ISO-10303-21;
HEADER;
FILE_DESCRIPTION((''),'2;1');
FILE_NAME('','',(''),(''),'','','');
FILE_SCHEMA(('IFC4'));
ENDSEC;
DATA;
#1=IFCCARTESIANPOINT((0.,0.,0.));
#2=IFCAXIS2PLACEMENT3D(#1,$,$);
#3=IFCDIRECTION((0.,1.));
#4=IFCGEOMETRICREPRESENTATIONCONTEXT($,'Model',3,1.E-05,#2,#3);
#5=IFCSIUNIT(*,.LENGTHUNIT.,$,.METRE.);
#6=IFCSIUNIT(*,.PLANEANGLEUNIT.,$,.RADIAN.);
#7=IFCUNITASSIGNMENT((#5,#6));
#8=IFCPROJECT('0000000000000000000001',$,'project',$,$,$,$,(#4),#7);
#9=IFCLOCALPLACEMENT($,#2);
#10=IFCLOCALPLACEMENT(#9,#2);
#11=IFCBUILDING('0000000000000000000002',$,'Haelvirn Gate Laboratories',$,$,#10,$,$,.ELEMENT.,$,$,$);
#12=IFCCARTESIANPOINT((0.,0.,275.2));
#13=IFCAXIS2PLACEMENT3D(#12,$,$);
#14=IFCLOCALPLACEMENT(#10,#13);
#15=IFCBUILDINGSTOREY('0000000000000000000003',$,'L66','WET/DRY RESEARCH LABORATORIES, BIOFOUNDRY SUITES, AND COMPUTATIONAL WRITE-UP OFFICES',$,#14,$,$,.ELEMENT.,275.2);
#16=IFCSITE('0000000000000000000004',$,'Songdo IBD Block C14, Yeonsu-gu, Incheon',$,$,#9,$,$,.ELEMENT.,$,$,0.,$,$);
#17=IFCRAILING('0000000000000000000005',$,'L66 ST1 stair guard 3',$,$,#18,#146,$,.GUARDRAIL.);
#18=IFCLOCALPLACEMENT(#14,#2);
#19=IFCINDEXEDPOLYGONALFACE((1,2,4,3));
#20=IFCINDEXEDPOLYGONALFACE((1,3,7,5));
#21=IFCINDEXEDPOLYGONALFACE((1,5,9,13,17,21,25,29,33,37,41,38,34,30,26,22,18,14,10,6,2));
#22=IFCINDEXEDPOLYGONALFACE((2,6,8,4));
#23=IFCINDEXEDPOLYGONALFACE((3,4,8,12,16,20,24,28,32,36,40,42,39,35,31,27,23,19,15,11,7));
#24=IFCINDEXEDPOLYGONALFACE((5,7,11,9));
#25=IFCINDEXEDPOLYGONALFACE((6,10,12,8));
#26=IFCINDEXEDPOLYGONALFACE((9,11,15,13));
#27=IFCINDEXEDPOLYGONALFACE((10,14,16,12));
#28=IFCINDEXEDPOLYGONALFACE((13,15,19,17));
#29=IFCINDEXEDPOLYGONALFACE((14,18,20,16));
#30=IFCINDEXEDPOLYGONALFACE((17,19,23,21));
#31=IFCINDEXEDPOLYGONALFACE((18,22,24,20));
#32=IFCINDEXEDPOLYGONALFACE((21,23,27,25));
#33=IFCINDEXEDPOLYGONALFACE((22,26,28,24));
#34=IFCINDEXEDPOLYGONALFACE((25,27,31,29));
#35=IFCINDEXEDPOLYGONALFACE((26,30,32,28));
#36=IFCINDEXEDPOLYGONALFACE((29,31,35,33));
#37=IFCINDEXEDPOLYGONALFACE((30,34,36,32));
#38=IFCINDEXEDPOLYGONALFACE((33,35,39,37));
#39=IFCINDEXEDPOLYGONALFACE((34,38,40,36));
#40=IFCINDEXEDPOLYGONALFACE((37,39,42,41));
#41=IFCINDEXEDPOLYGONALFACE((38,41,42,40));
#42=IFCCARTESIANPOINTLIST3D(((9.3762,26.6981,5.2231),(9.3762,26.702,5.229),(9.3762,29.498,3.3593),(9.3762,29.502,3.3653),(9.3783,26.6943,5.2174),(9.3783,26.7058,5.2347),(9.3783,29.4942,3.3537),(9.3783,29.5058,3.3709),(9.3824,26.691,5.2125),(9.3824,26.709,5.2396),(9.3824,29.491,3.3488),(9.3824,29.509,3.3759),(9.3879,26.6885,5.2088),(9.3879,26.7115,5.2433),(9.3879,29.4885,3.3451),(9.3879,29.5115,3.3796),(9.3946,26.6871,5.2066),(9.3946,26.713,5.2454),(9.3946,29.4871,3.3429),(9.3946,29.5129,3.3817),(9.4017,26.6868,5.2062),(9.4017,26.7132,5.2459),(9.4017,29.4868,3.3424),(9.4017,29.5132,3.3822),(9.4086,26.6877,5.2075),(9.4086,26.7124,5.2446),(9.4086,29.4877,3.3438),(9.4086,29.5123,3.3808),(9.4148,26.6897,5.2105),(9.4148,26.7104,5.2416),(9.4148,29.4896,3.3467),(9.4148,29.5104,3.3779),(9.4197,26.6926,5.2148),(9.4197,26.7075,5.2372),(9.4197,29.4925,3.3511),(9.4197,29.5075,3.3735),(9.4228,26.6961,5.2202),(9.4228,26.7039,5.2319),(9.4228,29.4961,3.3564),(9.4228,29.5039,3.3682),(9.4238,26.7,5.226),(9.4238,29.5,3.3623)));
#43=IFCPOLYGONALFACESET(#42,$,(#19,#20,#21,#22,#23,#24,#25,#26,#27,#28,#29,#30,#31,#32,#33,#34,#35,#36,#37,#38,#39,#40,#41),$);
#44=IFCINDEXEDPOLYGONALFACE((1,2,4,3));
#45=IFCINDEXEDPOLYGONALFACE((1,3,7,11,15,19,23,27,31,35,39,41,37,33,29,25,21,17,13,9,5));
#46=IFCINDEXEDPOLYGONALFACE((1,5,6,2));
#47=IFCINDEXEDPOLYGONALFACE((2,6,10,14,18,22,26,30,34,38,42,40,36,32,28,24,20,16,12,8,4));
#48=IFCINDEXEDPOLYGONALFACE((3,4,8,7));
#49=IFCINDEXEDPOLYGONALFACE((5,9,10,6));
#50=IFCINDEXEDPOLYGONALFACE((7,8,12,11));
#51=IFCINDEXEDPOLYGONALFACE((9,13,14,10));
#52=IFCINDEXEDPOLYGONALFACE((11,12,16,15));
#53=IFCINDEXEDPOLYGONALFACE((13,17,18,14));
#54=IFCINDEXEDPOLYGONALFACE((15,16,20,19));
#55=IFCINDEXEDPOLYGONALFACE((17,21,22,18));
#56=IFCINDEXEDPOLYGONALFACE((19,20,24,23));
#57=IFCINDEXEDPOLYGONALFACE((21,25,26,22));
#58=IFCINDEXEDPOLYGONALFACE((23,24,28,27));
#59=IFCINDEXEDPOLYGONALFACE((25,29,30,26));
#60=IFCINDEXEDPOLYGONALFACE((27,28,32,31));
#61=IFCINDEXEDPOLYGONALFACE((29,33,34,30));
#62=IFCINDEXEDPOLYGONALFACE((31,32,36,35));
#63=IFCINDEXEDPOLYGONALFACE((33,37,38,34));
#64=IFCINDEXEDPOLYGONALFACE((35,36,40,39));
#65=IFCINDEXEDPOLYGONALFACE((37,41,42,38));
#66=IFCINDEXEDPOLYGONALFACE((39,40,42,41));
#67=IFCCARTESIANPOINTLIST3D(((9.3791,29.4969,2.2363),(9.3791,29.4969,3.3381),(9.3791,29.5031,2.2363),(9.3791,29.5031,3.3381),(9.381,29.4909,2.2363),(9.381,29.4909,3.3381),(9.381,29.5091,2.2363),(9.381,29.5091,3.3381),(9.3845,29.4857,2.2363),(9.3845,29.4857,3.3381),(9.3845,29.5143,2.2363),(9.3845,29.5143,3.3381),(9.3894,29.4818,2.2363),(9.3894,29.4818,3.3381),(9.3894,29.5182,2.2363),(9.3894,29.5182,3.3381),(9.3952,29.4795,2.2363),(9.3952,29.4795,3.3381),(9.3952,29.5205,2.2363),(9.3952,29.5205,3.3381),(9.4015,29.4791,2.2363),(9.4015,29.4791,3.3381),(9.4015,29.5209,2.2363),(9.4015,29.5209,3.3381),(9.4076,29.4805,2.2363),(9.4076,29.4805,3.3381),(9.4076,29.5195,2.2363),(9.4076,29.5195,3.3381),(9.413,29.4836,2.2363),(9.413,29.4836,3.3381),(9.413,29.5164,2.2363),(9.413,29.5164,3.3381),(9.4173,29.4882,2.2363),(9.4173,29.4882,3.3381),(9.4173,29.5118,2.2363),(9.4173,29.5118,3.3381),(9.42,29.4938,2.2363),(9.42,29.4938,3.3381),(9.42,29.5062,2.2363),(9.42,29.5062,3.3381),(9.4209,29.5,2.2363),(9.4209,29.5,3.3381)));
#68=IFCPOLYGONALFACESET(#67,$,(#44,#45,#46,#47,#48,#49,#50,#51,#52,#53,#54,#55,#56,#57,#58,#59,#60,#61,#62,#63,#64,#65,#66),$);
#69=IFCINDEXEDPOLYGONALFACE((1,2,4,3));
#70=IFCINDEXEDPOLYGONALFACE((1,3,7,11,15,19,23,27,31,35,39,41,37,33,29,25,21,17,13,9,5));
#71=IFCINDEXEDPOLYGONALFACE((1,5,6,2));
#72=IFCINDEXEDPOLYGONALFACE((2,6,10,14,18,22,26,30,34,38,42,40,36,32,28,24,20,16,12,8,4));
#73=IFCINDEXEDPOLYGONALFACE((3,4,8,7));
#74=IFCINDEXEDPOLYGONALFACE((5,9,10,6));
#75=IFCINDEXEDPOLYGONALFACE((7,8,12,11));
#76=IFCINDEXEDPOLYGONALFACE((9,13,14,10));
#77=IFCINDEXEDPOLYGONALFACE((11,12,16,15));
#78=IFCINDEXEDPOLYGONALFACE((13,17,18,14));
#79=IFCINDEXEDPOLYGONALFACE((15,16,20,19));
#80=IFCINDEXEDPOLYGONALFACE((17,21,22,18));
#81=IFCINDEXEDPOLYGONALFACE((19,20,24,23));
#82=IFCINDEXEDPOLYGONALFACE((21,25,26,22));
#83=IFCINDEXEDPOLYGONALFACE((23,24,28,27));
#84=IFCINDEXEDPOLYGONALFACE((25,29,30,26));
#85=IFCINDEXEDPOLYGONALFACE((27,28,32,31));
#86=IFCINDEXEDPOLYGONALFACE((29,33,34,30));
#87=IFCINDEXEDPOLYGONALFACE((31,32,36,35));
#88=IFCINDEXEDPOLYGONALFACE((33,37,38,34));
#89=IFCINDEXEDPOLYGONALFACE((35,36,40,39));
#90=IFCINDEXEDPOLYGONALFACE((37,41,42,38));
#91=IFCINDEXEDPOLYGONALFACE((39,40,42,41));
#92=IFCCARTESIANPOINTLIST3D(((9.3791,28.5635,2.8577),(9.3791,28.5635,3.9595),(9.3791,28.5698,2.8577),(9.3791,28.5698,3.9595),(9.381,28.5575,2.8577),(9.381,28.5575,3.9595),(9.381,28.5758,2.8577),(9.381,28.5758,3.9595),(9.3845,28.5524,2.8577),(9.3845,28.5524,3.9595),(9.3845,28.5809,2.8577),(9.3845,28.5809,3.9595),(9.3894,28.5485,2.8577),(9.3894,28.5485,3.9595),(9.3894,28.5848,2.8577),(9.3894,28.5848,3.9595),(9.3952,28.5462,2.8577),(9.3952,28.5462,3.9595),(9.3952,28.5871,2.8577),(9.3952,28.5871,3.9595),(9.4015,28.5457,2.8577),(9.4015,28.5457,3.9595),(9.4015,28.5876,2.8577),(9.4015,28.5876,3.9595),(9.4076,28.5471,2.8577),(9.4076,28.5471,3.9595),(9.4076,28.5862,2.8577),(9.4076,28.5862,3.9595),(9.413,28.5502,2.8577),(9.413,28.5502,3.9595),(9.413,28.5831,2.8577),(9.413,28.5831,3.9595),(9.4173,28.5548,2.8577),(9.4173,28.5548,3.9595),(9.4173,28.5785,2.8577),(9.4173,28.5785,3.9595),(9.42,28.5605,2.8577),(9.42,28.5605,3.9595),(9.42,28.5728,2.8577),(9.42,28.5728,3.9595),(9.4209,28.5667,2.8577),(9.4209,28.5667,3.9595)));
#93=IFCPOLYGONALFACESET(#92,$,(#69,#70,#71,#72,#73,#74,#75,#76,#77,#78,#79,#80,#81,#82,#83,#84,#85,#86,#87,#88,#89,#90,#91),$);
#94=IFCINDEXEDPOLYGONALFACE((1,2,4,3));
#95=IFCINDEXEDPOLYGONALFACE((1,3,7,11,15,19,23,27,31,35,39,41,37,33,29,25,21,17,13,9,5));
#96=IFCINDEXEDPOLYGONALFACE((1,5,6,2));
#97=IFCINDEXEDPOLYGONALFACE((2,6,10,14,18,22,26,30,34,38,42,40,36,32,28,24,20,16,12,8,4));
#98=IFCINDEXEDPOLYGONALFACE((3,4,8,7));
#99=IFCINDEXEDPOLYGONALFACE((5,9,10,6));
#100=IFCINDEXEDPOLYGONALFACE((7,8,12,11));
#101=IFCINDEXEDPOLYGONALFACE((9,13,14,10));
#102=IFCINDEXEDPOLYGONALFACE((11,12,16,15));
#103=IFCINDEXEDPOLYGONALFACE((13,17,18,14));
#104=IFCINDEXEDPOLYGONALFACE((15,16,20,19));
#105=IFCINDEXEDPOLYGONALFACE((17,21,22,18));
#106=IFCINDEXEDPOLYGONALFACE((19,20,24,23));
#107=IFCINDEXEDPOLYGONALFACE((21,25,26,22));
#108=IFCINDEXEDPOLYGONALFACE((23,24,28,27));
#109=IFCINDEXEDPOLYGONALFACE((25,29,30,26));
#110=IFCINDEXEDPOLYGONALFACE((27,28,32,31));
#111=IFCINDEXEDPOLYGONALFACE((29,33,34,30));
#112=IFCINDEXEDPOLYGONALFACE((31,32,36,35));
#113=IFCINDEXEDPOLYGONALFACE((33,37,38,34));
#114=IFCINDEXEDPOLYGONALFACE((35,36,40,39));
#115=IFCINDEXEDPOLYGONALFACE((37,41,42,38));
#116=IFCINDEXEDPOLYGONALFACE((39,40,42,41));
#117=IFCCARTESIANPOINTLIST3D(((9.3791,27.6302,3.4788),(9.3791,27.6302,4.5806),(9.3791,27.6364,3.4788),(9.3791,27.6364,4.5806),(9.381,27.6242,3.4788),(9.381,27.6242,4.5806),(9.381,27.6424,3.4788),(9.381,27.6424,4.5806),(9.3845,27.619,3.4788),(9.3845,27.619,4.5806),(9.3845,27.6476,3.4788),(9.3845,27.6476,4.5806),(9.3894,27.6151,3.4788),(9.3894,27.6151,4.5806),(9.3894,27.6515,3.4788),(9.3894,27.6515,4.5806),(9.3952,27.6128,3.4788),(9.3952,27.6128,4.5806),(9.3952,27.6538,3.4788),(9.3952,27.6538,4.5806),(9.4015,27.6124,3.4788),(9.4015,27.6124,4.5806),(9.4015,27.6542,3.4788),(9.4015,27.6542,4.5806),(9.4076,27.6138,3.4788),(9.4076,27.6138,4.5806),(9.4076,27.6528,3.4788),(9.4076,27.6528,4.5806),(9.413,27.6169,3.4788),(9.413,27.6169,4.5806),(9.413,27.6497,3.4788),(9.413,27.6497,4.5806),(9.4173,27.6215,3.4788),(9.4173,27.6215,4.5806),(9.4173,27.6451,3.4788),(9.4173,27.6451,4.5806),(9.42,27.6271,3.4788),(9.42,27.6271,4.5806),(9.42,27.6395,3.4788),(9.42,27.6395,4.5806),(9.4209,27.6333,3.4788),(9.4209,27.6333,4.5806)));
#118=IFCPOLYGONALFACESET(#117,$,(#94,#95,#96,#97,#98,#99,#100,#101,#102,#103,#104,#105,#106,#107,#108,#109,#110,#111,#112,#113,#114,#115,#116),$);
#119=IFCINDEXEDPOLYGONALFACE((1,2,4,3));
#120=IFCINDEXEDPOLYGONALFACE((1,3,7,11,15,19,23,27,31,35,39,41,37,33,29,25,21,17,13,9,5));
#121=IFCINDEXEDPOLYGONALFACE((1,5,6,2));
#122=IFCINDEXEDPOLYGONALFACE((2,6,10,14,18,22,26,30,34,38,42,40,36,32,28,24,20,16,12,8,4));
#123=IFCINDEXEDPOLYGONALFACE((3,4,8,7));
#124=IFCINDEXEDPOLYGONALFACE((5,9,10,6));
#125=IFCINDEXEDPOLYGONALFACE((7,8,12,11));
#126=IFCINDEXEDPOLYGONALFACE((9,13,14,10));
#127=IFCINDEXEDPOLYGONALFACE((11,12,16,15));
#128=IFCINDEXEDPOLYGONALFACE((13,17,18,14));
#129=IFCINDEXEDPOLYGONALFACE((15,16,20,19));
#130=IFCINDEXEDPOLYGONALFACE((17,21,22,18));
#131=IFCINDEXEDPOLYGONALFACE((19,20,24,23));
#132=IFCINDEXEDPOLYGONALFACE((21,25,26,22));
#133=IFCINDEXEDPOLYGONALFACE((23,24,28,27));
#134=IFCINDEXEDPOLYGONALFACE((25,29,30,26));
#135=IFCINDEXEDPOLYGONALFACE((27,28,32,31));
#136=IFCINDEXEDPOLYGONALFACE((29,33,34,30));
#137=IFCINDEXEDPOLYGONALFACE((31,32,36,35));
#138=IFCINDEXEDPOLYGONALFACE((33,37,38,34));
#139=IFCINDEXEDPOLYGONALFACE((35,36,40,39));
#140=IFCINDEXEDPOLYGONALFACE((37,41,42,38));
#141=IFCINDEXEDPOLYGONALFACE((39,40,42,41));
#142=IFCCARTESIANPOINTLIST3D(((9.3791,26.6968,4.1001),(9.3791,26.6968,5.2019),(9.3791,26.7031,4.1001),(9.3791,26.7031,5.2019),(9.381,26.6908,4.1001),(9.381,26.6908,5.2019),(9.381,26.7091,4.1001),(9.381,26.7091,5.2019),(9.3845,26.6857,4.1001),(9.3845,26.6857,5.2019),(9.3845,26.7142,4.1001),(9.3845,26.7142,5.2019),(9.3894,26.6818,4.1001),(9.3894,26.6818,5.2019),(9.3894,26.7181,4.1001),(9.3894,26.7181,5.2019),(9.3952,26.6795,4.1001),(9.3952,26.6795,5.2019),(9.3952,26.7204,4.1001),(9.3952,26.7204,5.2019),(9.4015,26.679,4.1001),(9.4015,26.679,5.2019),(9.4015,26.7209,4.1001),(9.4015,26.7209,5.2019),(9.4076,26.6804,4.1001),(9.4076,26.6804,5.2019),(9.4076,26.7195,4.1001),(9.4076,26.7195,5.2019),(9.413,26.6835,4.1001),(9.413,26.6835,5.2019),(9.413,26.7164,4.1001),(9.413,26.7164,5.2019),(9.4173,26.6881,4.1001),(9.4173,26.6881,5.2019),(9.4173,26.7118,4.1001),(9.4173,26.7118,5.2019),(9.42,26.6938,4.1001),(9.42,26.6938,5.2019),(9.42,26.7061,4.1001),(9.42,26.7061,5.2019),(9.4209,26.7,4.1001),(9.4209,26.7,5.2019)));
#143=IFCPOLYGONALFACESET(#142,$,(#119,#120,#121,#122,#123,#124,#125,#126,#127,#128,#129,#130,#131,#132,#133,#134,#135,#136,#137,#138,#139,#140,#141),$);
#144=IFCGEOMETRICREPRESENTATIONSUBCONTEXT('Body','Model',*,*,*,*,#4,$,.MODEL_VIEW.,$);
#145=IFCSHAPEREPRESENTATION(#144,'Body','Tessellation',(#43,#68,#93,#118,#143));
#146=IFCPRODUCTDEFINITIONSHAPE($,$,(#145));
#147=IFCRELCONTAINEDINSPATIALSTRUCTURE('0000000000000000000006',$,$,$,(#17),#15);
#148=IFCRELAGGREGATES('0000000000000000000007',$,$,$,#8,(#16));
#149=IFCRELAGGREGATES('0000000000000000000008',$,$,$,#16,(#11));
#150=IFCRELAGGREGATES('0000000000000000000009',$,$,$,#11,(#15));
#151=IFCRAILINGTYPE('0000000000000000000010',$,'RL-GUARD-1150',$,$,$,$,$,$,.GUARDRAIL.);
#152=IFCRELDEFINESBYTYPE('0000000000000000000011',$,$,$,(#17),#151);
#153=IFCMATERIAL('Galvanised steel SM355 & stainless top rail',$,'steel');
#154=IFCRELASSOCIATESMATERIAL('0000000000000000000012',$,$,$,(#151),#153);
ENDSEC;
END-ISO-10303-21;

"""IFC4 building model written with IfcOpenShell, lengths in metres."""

from ifc_helpers import new_model, si_unit, direction, frame, origin, origin_2d, place, context, subcontext, project, spatial, circle, extrude, source, transform, mapped, material, type_object, element, save


model = new_model("IFC4")

# Units and contexts
model_context = context("Model", 3, precision=1e-05, world=origin(), true_north=direction((0.0, 1.0)))
body_context = subcontext(model_context, "Body", "Model", "MODEL_VIEW")
ifc_project = project(units=[si_unit("LENGTHUNIT", "METRE"), si_unit("PLANEANGLEUNIT", "RADIAN")], contexts=[model_context])

# Site, building, storey
site_placement = place(None, origin())
site = spatial("IfcSite", under=ifc_project, at=site_placement, Name="Songdo IBD Block C14, Yeonsu-gu, Incheon", CompositionType="ELEMENT", RefElevation=0.0)
building_placement = place(site_placement, origin())
building = spatial("IfcBuilding", under=site, at=building_placement, Name="Haelvirn Gate Laboratories", CompositionType="ELEMENT")
storey_placement = place(building_placement, frame((0.0, 0.0, 275.2)))
storey = spatial("IfcBuildingStorey", under=building, at=storey_placement, Name="L66", Description="WET/DRY RESEARCH LABORATORIES, BIOFOUNDRY SUITES, AND COMPUTATIONAL WRITE-UP OFFICES", CompositionType="ELEMENT", Elevation=275.2)

# Railing
ifc_material_1 = material(Name="Galvanised steel SM355 & stainless top rail", Category="steel")
railing_type_1 = type_object("IfcRailingType", Name="RL-GUARD-1150", PredefinedType="GUARDRAIL", material=ifc_material_1)
shared_shape_1 = source(origin(), body_context, "Body", "SweptSolid", [
    extrude(circle(Radius=0.0239, at=origin_2d()), frame((0.0, 0.0, 1.126), z_axis=(0.0, -0.832452, 0.554097), x_axis=(1.0, 0.0, 0.0)), (0.0, 0.0, 1.0), 3.3635),
    extrude(circle(Radius=0.021, at=origin_2d()), origin(), (0.0, 0.0, 1.0), 1.1018),
    extrude(circle(Radius=0.021, at=origin_2d()), frame((0.0, -0.9333, 0.6213)), (0.0, 0.0, 1.0), 1.1018),
    extrude(circle(Radius=0.021, at=origin_2d()), frame((0.0, -1.8667, 1.2424)), (0.0, 0.0, 1.0), 1.1018),
    extrude(circle(Radius=0.021, at=origin_2d()), frame((0.0, -2.8, 1.8638)), (0.0, 0.0, 1.0), 1.1018),
])
railing_1_placement = place(storey_placement, frame((9.3999, 29.5, 2.2363)))
element("IfcRailing", 1, at=railing_1_placement, inside=storey, type_object=railing_type_1, Name="L66 ST1 stair guard 3", PredefinedType="GUARDRAIL", context=body_context, shape_type="MappedRepresentation", body=[
    mapped(shared_shape_1, transform((0.0, 0.0, 0.0), scale=1.0)),
])

save(model, "model.ifc")
